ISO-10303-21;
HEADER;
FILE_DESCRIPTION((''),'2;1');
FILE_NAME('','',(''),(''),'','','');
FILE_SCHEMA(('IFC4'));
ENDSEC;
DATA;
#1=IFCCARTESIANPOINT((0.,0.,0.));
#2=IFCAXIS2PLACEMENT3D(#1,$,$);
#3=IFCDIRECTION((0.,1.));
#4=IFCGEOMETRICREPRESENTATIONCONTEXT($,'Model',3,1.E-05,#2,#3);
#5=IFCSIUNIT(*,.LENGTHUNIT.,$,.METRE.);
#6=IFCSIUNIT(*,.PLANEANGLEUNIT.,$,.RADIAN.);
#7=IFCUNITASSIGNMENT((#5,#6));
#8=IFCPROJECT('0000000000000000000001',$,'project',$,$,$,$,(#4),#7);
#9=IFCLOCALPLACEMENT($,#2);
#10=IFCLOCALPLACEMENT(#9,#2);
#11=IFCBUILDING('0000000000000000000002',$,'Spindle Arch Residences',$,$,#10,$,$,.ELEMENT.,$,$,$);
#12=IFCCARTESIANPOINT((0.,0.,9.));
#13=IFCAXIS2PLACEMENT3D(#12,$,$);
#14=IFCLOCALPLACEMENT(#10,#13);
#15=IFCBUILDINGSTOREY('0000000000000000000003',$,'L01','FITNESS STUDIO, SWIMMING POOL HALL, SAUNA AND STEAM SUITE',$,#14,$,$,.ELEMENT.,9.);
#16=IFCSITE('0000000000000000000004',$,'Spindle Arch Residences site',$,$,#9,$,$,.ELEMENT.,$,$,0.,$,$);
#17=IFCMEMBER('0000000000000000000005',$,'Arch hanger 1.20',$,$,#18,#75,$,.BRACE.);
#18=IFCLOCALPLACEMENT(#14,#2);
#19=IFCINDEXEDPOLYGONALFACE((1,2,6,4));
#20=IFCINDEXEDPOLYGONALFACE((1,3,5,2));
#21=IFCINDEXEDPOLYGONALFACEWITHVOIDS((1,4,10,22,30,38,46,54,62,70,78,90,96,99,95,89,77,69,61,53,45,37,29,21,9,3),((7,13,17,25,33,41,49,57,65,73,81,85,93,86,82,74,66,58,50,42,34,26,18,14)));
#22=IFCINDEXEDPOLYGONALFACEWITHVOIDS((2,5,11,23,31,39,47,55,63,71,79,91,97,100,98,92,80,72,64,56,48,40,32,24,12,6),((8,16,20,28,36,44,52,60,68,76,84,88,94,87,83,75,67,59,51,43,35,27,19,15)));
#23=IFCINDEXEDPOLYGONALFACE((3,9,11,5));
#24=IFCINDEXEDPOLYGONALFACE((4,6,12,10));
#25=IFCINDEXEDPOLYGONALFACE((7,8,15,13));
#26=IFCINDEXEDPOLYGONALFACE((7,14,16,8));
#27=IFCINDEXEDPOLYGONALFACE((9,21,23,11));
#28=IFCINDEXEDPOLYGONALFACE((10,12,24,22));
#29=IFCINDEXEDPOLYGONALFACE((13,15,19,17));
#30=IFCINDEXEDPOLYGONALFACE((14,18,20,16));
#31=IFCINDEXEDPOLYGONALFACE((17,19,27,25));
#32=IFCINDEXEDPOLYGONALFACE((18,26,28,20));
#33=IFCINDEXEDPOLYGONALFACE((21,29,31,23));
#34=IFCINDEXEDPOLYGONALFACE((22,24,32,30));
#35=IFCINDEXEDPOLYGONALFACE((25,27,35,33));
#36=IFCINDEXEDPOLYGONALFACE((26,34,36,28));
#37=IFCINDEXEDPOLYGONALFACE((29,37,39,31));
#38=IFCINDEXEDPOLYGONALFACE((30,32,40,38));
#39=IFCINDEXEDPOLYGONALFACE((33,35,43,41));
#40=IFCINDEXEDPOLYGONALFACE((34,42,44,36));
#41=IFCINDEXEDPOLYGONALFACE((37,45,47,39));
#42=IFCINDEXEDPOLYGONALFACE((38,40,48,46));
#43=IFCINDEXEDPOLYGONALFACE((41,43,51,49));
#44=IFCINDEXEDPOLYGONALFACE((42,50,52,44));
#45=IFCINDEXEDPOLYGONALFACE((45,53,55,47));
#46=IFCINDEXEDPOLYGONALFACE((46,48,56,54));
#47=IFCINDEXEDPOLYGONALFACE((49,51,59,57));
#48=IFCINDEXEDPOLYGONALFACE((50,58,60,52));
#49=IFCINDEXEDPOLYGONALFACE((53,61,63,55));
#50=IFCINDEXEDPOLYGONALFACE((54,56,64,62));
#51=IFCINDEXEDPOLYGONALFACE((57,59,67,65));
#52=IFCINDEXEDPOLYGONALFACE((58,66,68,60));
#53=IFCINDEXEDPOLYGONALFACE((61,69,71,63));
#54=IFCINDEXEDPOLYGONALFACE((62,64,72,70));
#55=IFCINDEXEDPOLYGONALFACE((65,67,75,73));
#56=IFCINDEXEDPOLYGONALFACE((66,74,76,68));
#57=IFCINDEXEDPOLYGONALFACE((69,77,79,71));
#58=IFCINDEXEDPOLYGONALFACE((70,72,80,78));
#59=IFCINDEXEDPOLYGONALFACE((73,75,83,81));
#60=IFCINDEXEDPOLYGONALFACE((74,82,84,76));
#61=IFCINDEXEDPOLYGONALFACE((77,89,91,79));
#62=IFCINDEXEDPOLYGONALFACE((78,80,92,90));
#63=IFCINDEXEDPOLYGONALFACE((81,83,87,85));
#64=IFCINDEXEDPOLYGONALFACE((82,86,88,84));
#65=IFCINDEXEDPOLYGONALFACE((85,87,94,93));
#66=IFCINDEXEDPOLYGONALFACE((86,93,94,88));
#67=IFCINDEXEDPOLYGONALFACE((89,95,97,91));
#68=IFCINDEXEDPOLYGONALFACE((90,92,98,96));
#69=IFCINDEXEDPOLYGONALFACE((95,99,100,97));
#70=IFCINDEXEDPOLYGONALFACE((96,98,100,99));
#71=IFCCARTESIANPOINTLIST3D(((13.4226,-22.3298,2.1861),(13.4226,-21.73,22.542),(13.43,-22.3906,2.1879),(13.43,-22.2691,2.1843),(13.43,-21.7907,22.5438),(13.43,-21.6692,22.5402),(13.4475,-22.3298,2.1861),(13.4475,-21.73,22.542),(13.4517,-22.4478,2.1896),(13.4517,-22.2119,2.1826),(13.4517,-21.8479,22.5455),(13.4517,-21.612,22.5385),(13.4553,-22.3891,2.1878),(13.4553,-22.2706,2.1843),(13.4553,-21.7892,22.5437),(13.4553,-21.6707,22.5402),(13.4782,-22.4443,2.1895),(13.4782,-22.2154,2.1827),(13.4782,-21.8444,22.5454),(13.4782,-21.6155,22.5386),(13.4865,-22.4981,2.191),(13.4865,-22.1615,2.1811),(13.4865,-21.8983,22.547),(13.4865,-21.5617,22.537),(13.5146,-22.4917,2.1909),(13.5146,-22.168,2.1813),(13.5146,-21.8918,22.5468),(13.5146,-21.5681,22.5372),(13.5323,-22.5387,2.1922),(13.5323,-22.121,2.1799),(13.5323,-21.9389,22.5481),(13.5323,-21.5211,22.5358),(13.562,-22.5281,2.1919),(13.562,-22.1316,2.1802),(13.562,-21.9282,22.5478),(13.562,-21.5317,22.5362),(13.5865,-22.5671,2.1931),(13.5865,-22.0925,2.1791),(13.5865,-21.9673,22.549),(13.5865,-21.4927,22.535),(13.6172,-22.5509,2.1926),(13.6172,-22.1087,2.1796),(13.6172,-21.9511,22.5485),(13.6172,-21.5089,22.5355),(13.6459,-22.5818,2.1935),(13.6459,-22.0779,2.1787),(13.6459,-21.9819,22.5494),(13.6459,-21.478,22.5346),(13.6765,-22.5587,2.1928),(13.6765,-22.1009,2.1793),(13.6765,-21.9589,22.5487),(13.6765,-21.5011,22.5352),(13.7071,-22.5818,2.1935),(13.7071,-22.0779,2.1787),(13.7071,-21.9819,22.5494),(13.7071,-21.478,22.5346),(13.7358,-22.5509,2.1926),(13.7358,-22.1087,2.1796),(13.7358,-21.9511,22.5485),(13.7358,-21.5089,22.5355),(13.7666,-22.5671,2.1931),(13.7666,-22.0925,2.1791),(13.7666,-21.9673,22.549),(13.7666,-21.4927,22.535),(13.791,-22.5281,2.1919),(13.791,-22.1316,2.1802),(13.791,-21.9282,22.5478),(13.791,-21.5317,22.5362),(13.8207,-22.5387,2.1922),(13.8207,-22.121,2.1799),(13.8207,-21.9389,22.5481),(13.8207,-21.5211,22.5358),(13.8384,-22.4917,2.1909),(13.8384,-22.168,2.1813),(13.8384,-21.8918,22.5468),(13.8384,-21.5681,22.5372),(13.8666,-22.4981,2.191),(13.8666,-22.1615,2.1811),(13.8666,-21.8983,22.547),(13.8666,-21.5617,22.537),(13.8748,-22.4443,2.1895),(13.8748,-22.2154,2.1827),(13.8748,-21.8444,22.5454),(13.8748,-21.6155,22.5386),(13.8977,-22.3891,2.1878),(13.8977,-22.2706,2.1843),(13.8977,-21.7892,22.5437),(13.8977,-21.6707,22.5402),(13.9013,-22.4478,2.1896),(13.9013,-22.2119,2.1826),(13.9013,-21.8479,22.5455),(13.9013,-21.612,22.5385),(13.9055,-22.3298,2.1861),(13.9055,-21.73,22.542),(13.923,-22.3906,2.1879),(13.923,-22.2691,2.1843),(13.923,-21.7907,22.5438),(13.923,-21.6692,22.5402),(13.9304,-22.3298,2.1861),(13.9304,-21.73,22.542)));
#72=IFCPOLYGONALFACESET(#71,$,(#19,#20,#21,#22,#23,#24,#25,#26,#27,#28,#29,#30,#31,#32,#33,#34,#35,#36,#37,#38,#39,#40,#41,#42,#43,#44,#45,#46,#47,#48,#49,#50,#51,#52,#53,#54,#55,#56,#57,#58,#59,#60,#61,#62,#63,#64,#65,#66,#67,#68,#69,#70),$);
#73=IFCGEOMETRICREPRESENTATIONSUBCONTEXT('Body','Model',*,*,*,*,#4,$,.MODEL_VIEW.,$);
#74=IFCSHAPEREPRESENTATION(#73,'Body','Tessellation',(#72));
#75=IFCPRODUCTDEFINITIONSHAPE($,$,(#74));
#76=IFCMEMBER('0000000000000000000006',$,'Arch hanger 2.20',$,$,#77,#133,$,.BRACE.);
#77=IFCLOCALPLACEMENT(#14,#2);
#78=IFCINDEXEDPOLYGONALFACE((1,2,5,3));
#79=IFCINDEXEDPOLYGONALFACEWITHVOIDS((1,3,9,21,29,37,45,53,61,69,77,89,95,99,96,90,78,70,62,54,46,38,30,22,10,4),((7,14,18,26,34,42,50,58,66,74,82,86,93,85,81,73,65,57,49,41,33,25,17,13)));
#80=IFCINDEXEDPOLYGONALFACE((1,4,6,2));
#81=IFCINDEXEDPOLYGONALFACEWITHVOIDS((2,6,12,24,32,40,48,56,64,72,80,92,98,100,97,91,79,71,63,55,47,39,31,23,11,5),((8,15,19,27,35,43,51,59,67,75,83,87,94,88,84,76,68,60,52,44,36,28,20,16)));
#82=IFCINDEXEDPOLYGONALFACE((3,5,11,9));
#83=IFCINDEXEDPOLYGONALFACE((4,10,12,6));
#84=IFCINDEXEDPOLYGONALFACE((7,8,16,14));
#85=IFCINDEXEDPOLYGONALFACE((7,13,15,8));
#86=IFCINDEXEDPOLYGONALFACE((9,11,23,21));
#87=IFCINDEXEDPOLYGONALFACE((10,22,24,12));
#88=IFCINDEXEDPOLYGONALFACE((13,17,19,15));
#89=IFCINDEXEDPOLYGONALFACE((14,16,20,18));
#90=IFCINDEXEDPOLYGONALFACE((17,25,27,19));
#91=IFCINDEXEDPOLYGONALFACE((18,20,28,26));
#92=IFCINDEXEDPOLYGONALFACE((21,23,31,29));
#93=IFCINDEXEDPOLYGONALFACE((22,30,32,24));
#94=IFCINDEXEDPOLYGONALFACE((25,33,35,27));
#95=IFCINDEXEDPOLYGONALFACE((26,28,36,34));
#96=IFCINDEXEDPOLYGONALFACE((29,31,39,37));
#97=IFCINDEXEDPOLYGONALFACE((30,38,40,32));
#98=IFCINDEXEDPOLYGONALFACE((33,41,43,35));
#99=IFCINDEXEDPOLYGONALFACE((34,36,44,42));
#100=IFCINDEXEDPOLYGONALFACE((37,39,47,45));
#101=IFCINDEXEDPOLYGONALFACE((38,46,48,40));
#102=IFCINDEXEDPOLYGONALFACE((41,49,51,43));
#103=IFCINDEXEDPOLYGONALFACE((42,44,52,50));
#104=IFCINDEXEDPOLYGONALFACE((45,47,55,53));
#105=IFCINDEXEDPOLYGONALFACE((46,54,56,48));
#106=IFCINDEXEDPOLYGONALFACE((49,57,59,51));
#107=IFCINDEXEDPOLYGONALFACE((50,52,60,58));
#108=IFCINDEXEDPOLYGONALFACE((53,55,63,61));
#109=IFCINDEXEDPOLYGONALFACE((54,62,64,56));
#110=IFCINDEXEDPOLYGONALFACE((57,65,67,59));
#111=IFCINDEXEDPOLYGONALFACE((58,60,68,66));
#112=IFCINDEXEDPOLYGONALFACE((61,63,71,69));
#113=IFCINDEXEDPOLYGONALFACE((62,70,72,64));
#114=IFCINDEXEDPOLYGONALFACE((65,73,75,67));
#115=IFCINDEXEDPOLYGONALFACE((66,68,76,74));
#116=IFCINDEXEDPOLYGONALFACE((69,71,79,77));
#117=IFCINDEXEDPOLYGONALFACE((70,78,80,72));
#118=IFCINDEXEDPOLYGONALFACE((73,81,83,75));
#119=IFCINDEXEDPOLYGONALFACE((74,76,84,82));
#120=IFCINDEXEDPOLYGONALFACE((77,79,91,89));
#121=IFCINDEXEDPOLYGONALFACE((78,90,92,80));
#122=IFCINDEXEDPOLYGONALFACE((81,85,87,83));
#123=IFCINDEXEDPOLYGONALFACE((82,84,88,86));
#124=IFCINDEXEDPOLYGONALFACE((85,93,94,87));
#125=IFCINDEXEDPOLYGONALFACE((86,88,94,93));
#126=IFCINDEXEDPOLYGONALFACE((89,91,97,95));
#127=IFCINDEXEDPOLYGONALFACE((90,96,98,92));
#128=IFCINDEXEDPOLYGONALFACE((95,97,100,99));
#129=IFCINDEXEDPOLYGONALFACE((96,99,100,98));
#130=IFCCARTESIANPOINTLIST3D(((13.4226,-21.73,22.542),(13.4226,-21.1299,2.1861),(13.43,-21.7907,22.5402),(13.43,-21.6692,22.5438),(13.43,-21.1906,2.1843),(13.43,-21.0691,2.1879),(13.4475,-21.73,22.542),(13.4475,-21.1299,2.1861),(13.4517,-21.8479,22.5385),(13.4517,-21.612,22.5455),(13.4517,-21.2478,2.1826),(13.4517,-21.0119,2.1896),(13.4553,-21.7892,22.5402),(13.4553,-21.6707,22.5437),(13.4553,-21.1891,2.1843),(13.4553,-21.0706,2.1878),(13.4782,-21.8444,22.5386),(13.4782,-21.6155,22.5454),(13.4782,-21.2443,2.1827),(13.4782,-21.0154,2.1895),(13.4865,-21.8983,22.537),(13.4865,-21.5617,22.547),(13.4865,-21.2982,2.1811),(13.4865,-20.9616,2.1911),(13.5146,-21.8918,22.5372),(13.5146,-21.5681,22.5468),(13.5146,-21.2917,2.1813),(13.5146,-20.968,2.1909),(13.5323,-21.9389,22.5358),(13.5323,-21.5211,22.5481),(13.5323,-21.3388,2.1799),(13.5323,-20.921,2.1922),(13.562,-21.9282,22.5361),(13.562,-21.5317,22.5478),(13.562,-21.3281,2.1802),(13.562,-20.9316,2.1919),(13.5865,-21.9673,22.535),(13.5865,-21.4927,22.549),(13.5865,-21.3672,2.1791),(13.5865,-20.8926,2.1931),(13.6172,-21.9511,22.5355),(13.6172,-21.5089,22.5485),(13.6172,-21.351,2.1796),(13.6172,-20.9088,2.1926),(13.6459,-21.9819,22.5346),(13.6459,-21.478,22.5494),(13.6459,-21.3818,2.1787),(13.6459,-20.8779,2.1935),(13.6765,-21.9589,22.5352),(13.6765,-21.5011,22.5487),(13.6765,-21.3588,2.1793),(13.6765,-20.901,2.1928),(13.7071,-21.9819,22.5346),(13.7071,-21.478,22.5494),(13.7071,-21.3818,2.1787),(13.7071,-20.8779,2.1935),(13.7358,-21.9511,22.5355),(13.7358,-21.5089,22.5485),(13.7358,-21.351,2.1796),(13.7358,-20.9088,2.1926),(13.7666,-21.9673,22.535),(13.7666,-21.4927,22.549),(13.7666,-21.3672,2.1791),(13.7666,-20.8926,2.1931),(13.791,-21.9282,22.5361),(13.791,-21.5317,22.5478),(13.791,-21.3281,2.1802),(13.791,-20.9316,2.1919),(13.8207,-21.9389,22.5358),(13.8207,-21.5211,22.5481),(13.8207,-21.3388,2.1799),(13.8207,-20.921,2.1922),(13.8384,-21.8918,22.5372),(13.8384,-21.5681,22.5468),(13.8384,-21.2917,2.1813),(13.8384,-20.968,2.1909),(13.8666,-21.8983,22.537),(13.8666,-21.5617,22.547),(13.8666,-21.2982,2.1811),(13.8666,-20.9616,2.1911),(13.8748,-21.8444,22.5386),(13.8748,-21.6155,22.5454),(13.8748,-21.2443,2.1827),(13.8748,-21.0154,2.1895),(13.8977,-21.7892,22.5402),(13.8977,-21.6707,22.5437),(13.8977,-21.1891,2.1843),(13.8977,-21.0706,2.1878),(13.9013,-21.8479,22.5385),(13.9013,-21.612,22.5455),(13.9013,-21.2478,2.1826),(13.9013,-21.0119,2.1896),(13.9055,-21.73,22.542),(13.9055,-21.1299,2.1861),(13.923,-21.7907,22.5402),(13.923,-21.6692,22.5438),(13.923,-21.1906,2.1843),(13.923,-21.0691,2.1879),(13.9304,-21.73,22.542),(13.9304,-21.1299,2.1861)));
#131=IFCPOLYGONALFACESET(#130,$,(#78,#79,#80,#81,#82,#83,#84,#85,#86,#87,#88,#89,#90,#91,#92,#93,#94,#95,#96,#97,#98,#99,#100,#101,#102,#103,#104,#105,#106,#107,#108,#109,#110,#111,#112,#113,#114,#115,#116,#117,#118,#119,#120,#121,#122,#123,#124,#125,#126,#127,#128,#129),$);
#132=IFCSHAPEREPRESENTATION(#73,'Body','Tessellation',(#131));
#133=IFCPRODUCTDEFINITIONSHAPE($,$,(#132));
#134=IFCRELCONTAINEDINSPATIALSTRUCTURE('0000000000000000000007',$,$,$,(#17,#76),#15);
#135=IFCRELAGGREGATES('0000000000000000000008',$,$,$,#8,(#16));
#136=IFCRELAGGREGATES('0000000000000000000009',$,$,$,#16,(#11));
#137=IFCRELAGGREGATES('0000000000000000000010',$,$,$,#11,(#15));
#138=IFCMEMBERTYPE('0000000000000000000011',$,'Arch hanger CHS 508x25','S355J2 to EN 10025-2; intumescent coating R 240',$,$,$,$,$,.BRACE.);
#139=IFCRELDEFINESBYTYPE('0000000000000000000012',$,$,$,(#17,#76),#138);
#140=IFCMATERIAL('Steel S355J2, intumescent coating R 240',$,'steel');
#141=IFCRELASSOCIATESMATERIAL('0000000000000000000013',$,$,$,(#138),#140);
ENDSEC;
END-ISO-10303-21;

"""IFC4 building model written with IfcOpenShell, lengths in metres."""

from ifc_helpers import new_model, si_unit, direction, frame, origin, origin_2d, place, context, subcontext, project, spatial, hollow_circle, extrude, material, material_profile, profile_set, type_object, element, save


model = new_model("IFC4")

# Units and contexts
model_context = context("Model", 3, precision=1e-05, world=origin(), true_north=direction((0.0, 1.0)))
body_context = subcontext(model_context, "Body", "Model", "MODEL_VIEW")
ifc_project = project(units=[si_unit("LENGTHUNIT", "METRE"), si_unit("PLANEANGLEUNIT", "RADIAN")], contexts=[model_context])

# Site, building, storey
site_placement = place(None, origin())
site = spatial("IfcSite", under=ifc_project, at=site_placement, Name="Spindle Arch Residences site", CompositionType="ELEMENT", RefElevation=0.0)
building_placement = place(site_placement, origin())
building = spatial("IfcBuilding", under=site, at=building_placement, Name="Spindle Arch Residences", CompositionType="ELEMENT")
storey_placement = place(building_placement, frame((0.0, 0.0, 9.0)))
storey = spatial("IfcBuildingStorey", under=building, at=storey_placement, Name="L01", Description="FITNESS STUDIO, SWIMMING POOL HALL, SAUNA AND STEAM SUITE", CompositionType="ELEMENT", Elevation=9.0)

# Members
ifc_material_1 = material(Name="Steel S355J2, intumescent coating R 240", Category="steel")
ifc_material_profile_1 = material_profile(ifc_material_1, hollow_circle(Radius=0.2539, WallThickness=0.0249, at=origin_2d()), Name="CHS 508x25")
ifc_profile_set_1 = profile_set([ifc_material_profile_1], Name="Steel S355J2, intumescent coating R 240")
member_type_1 = type_object("IfcMemberType", Name="Arch hanger CHS 508x25", Description="S355J2 to EN 10025-2; intumescent coating R 240", PredefinedType="BRACE", material=ifc_profile_set_1)
for number, where, z_axis, x_axis, name in (
    (1, (13.6765, -21.73, 22.542), (0.0, -0.029455, -0.999566), (1.0, 0.0, 0.0), "Arch hanger 1.20"),
    (2, (13.6765, -21.73, 22.542), (0.0, 0.029467, -0.999566), (-1.0, 0.0, 0.0), "Arch hanger 2.20"),
):
    element("IfcMember", number, at=place(storey_placement, frame(where, z_axis=z_axis, x_axis=x_axis)), inside=storey, type_object=member_type_1, Name=name, PredefinedType="BRACE", context=body_context, shape_type="SweptSolid", body=[
        extrude(hollow_circle(Radius=0.2539, WallThickness=0.0249, at=origin_2d()), origin(), (0.0, 0.0, 1.0), 20.3647),
    ])

save(model, "model.ifc")
